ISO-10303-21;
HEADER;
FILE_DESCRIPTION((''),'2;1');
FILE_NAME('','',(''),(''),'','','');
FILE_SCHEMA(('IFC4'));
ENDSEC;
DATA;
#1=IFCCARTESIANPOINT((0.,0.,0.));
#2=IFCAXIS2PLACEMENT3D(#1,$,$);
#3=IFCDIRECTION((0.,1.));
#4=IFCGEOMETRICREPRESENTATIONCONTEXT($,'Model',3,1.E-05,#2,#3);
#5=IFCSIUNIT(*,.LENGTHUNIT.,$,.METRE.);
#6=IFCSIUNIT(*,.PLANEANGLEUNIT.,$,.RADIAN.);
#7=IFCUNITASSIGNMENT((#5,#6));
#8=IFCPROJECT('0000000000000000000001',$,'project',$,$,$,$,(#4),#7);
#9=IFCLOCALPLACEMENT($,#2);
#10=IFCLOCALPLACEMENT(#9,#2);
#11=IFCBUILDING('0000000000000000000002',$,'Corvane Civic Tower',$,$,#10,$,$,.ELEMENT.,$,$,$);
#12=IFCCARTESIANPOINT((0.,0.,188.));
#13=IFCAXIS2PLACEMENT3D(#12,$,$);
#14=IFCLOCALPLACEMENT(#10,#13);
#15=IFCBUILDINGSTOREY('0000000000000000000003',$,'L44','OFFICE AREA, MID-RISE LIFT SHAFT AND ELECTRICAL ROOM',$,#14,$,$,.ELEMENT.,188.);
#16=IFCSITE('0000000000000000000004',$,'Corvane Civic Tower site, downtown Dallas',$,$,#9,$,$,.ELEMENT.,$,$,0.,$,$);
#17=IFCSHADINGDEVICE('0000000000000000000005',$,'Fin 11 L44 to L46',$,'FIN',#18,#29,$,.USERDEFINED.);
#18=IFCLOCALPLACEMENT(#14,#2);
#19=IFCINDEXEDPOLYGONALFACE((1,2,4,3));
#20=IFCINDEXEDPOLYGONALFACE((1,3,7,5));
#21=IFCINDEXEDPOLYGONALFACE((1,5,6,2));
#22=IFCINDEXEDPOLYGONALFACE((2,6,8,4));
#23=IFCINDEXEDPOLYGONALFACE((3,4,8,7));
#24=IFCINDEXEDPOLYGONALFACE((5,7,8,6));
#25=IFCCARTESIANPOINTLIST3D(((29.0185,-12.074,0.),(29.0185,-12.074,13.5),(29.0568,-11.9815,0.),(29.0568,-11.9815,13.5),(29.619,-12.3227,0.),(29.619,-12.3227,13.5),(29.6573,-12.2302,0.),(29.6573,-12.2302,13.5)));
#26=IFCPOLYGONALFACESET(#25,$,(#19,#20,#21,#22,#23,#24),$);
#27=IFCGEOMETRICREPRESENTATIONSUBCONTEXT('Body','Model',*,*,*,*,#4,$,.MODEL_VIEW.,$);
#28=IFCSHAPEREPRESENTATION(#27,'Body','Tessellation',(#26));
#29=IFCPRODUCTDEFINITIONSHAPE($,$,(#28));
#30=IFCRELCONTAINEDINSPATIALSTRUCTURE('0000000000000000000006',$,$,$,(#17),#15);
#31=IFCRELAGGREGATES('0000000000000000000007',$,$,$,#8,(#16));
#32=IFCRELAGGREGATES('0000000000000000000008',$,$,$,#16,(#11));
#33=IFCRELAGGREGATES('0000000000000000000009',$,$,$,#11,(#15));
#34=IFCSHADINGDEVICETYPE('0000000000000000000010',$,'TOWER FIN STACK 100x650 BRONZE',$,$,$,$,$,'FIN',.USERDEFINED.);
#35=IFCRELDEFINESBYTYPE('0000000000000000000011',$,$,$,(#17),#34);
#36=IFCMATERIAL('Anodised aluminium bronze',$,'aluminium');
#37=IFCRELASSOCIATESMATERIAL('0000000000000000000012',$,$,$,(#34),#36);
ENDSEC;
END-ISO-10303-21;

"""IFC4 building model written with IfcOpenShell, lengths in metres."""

from ifc_helpers import new_model, si_unit, direction, frame, origin, origin_2d, place, context, subcontext, project, spatial, rectangle, extrude, material, material_profile, profile_set, type_object, element, save


model = new_model("IFC4")

# Units and contexts
model_context = context("Model", 3, precision=1e-05, world=origin(), true_north=direction((0.0, 1.0)))
body_context = subcontext(model_context, "Body", "Model", "MODEL_VIEW")
ifc_project = project(units=[si_unit("LENGTHUNIT", "METRE"), si_unit("PLANEANGLEUNIT", "RADIAN")], contexts=[model_context])

# Site, building, storey
site_placement = place(None, origin())
site = spatial("IfcSite", under=ifc_project, at=site_placement, Name="Corvane Civic Tower site, downtown Dallas", CompositionType="ELEMENT", RefElevation=0.0)
building_placement = place(site_placement, origin())
building = spatial("IfcBuilding", under=site, at=building_placement, Name="Corvane Civic Tower", CompositionType="ELEMENT")
storey_placement = place(building_placement, frame((0.0, 0.0, 188.0)))
storey = spatial("IfcBuildingStorey", under=building, at=storey_placement, Name="L44", Description="OFFICE AREA, MID-RISE LIFT SHAFT AND ELECTRICAL ROOM", CompositionType="ELEMENT", Elevation=188.0)

# Shading device
ifc_material_1 = material(Name="Anodised aluminium bronze", Category="aluminium")
ifc_material_profile_1 = material_profile(ifc_material_1, rectangle(XDim=0.1001, YDim=0.6499, at=origin_2d()), Name="TOWER FIN STACK 100x650 BRONZE")
ifc_profile_set_1 = profile_set([ifc_material_profile_1], Name="Anodised aluminium bronze")
shading_device_type = type_object("IfcShadingDeviceType", Name="TOWER FIN STACK 100x650 BRONZE", ElementType="FIN", PredefinedType="USERDEFINED", material=ifc_profile_set_1)
for number, where, z_axis, x_axis, name in (
    (1, (29.3379, -12.1521, 0.0), (0.0, 0.0, 1.0), (-0.382683, -0.92388, 0.0), "Fin 11 L44 to L46"),
):
    element("IfcShadingDevice", number, at=place(storey_placement, frame(where, z_axis=z_axis, x_axis=x_axis)), inside=storey, type_object=shading_device_type, Name=name, ObjectType="FIN", PredefinedType="USERDEFINED", context=body_context, shape_type="SweptSolid", body=[
        extrude(rectangle(XDim=0.1001, YDim=0.6499, at=origin_2d()), origin(), (0.0, 0.0, 1.0), 13.5),
    ])

save(model, "model.ifc")
